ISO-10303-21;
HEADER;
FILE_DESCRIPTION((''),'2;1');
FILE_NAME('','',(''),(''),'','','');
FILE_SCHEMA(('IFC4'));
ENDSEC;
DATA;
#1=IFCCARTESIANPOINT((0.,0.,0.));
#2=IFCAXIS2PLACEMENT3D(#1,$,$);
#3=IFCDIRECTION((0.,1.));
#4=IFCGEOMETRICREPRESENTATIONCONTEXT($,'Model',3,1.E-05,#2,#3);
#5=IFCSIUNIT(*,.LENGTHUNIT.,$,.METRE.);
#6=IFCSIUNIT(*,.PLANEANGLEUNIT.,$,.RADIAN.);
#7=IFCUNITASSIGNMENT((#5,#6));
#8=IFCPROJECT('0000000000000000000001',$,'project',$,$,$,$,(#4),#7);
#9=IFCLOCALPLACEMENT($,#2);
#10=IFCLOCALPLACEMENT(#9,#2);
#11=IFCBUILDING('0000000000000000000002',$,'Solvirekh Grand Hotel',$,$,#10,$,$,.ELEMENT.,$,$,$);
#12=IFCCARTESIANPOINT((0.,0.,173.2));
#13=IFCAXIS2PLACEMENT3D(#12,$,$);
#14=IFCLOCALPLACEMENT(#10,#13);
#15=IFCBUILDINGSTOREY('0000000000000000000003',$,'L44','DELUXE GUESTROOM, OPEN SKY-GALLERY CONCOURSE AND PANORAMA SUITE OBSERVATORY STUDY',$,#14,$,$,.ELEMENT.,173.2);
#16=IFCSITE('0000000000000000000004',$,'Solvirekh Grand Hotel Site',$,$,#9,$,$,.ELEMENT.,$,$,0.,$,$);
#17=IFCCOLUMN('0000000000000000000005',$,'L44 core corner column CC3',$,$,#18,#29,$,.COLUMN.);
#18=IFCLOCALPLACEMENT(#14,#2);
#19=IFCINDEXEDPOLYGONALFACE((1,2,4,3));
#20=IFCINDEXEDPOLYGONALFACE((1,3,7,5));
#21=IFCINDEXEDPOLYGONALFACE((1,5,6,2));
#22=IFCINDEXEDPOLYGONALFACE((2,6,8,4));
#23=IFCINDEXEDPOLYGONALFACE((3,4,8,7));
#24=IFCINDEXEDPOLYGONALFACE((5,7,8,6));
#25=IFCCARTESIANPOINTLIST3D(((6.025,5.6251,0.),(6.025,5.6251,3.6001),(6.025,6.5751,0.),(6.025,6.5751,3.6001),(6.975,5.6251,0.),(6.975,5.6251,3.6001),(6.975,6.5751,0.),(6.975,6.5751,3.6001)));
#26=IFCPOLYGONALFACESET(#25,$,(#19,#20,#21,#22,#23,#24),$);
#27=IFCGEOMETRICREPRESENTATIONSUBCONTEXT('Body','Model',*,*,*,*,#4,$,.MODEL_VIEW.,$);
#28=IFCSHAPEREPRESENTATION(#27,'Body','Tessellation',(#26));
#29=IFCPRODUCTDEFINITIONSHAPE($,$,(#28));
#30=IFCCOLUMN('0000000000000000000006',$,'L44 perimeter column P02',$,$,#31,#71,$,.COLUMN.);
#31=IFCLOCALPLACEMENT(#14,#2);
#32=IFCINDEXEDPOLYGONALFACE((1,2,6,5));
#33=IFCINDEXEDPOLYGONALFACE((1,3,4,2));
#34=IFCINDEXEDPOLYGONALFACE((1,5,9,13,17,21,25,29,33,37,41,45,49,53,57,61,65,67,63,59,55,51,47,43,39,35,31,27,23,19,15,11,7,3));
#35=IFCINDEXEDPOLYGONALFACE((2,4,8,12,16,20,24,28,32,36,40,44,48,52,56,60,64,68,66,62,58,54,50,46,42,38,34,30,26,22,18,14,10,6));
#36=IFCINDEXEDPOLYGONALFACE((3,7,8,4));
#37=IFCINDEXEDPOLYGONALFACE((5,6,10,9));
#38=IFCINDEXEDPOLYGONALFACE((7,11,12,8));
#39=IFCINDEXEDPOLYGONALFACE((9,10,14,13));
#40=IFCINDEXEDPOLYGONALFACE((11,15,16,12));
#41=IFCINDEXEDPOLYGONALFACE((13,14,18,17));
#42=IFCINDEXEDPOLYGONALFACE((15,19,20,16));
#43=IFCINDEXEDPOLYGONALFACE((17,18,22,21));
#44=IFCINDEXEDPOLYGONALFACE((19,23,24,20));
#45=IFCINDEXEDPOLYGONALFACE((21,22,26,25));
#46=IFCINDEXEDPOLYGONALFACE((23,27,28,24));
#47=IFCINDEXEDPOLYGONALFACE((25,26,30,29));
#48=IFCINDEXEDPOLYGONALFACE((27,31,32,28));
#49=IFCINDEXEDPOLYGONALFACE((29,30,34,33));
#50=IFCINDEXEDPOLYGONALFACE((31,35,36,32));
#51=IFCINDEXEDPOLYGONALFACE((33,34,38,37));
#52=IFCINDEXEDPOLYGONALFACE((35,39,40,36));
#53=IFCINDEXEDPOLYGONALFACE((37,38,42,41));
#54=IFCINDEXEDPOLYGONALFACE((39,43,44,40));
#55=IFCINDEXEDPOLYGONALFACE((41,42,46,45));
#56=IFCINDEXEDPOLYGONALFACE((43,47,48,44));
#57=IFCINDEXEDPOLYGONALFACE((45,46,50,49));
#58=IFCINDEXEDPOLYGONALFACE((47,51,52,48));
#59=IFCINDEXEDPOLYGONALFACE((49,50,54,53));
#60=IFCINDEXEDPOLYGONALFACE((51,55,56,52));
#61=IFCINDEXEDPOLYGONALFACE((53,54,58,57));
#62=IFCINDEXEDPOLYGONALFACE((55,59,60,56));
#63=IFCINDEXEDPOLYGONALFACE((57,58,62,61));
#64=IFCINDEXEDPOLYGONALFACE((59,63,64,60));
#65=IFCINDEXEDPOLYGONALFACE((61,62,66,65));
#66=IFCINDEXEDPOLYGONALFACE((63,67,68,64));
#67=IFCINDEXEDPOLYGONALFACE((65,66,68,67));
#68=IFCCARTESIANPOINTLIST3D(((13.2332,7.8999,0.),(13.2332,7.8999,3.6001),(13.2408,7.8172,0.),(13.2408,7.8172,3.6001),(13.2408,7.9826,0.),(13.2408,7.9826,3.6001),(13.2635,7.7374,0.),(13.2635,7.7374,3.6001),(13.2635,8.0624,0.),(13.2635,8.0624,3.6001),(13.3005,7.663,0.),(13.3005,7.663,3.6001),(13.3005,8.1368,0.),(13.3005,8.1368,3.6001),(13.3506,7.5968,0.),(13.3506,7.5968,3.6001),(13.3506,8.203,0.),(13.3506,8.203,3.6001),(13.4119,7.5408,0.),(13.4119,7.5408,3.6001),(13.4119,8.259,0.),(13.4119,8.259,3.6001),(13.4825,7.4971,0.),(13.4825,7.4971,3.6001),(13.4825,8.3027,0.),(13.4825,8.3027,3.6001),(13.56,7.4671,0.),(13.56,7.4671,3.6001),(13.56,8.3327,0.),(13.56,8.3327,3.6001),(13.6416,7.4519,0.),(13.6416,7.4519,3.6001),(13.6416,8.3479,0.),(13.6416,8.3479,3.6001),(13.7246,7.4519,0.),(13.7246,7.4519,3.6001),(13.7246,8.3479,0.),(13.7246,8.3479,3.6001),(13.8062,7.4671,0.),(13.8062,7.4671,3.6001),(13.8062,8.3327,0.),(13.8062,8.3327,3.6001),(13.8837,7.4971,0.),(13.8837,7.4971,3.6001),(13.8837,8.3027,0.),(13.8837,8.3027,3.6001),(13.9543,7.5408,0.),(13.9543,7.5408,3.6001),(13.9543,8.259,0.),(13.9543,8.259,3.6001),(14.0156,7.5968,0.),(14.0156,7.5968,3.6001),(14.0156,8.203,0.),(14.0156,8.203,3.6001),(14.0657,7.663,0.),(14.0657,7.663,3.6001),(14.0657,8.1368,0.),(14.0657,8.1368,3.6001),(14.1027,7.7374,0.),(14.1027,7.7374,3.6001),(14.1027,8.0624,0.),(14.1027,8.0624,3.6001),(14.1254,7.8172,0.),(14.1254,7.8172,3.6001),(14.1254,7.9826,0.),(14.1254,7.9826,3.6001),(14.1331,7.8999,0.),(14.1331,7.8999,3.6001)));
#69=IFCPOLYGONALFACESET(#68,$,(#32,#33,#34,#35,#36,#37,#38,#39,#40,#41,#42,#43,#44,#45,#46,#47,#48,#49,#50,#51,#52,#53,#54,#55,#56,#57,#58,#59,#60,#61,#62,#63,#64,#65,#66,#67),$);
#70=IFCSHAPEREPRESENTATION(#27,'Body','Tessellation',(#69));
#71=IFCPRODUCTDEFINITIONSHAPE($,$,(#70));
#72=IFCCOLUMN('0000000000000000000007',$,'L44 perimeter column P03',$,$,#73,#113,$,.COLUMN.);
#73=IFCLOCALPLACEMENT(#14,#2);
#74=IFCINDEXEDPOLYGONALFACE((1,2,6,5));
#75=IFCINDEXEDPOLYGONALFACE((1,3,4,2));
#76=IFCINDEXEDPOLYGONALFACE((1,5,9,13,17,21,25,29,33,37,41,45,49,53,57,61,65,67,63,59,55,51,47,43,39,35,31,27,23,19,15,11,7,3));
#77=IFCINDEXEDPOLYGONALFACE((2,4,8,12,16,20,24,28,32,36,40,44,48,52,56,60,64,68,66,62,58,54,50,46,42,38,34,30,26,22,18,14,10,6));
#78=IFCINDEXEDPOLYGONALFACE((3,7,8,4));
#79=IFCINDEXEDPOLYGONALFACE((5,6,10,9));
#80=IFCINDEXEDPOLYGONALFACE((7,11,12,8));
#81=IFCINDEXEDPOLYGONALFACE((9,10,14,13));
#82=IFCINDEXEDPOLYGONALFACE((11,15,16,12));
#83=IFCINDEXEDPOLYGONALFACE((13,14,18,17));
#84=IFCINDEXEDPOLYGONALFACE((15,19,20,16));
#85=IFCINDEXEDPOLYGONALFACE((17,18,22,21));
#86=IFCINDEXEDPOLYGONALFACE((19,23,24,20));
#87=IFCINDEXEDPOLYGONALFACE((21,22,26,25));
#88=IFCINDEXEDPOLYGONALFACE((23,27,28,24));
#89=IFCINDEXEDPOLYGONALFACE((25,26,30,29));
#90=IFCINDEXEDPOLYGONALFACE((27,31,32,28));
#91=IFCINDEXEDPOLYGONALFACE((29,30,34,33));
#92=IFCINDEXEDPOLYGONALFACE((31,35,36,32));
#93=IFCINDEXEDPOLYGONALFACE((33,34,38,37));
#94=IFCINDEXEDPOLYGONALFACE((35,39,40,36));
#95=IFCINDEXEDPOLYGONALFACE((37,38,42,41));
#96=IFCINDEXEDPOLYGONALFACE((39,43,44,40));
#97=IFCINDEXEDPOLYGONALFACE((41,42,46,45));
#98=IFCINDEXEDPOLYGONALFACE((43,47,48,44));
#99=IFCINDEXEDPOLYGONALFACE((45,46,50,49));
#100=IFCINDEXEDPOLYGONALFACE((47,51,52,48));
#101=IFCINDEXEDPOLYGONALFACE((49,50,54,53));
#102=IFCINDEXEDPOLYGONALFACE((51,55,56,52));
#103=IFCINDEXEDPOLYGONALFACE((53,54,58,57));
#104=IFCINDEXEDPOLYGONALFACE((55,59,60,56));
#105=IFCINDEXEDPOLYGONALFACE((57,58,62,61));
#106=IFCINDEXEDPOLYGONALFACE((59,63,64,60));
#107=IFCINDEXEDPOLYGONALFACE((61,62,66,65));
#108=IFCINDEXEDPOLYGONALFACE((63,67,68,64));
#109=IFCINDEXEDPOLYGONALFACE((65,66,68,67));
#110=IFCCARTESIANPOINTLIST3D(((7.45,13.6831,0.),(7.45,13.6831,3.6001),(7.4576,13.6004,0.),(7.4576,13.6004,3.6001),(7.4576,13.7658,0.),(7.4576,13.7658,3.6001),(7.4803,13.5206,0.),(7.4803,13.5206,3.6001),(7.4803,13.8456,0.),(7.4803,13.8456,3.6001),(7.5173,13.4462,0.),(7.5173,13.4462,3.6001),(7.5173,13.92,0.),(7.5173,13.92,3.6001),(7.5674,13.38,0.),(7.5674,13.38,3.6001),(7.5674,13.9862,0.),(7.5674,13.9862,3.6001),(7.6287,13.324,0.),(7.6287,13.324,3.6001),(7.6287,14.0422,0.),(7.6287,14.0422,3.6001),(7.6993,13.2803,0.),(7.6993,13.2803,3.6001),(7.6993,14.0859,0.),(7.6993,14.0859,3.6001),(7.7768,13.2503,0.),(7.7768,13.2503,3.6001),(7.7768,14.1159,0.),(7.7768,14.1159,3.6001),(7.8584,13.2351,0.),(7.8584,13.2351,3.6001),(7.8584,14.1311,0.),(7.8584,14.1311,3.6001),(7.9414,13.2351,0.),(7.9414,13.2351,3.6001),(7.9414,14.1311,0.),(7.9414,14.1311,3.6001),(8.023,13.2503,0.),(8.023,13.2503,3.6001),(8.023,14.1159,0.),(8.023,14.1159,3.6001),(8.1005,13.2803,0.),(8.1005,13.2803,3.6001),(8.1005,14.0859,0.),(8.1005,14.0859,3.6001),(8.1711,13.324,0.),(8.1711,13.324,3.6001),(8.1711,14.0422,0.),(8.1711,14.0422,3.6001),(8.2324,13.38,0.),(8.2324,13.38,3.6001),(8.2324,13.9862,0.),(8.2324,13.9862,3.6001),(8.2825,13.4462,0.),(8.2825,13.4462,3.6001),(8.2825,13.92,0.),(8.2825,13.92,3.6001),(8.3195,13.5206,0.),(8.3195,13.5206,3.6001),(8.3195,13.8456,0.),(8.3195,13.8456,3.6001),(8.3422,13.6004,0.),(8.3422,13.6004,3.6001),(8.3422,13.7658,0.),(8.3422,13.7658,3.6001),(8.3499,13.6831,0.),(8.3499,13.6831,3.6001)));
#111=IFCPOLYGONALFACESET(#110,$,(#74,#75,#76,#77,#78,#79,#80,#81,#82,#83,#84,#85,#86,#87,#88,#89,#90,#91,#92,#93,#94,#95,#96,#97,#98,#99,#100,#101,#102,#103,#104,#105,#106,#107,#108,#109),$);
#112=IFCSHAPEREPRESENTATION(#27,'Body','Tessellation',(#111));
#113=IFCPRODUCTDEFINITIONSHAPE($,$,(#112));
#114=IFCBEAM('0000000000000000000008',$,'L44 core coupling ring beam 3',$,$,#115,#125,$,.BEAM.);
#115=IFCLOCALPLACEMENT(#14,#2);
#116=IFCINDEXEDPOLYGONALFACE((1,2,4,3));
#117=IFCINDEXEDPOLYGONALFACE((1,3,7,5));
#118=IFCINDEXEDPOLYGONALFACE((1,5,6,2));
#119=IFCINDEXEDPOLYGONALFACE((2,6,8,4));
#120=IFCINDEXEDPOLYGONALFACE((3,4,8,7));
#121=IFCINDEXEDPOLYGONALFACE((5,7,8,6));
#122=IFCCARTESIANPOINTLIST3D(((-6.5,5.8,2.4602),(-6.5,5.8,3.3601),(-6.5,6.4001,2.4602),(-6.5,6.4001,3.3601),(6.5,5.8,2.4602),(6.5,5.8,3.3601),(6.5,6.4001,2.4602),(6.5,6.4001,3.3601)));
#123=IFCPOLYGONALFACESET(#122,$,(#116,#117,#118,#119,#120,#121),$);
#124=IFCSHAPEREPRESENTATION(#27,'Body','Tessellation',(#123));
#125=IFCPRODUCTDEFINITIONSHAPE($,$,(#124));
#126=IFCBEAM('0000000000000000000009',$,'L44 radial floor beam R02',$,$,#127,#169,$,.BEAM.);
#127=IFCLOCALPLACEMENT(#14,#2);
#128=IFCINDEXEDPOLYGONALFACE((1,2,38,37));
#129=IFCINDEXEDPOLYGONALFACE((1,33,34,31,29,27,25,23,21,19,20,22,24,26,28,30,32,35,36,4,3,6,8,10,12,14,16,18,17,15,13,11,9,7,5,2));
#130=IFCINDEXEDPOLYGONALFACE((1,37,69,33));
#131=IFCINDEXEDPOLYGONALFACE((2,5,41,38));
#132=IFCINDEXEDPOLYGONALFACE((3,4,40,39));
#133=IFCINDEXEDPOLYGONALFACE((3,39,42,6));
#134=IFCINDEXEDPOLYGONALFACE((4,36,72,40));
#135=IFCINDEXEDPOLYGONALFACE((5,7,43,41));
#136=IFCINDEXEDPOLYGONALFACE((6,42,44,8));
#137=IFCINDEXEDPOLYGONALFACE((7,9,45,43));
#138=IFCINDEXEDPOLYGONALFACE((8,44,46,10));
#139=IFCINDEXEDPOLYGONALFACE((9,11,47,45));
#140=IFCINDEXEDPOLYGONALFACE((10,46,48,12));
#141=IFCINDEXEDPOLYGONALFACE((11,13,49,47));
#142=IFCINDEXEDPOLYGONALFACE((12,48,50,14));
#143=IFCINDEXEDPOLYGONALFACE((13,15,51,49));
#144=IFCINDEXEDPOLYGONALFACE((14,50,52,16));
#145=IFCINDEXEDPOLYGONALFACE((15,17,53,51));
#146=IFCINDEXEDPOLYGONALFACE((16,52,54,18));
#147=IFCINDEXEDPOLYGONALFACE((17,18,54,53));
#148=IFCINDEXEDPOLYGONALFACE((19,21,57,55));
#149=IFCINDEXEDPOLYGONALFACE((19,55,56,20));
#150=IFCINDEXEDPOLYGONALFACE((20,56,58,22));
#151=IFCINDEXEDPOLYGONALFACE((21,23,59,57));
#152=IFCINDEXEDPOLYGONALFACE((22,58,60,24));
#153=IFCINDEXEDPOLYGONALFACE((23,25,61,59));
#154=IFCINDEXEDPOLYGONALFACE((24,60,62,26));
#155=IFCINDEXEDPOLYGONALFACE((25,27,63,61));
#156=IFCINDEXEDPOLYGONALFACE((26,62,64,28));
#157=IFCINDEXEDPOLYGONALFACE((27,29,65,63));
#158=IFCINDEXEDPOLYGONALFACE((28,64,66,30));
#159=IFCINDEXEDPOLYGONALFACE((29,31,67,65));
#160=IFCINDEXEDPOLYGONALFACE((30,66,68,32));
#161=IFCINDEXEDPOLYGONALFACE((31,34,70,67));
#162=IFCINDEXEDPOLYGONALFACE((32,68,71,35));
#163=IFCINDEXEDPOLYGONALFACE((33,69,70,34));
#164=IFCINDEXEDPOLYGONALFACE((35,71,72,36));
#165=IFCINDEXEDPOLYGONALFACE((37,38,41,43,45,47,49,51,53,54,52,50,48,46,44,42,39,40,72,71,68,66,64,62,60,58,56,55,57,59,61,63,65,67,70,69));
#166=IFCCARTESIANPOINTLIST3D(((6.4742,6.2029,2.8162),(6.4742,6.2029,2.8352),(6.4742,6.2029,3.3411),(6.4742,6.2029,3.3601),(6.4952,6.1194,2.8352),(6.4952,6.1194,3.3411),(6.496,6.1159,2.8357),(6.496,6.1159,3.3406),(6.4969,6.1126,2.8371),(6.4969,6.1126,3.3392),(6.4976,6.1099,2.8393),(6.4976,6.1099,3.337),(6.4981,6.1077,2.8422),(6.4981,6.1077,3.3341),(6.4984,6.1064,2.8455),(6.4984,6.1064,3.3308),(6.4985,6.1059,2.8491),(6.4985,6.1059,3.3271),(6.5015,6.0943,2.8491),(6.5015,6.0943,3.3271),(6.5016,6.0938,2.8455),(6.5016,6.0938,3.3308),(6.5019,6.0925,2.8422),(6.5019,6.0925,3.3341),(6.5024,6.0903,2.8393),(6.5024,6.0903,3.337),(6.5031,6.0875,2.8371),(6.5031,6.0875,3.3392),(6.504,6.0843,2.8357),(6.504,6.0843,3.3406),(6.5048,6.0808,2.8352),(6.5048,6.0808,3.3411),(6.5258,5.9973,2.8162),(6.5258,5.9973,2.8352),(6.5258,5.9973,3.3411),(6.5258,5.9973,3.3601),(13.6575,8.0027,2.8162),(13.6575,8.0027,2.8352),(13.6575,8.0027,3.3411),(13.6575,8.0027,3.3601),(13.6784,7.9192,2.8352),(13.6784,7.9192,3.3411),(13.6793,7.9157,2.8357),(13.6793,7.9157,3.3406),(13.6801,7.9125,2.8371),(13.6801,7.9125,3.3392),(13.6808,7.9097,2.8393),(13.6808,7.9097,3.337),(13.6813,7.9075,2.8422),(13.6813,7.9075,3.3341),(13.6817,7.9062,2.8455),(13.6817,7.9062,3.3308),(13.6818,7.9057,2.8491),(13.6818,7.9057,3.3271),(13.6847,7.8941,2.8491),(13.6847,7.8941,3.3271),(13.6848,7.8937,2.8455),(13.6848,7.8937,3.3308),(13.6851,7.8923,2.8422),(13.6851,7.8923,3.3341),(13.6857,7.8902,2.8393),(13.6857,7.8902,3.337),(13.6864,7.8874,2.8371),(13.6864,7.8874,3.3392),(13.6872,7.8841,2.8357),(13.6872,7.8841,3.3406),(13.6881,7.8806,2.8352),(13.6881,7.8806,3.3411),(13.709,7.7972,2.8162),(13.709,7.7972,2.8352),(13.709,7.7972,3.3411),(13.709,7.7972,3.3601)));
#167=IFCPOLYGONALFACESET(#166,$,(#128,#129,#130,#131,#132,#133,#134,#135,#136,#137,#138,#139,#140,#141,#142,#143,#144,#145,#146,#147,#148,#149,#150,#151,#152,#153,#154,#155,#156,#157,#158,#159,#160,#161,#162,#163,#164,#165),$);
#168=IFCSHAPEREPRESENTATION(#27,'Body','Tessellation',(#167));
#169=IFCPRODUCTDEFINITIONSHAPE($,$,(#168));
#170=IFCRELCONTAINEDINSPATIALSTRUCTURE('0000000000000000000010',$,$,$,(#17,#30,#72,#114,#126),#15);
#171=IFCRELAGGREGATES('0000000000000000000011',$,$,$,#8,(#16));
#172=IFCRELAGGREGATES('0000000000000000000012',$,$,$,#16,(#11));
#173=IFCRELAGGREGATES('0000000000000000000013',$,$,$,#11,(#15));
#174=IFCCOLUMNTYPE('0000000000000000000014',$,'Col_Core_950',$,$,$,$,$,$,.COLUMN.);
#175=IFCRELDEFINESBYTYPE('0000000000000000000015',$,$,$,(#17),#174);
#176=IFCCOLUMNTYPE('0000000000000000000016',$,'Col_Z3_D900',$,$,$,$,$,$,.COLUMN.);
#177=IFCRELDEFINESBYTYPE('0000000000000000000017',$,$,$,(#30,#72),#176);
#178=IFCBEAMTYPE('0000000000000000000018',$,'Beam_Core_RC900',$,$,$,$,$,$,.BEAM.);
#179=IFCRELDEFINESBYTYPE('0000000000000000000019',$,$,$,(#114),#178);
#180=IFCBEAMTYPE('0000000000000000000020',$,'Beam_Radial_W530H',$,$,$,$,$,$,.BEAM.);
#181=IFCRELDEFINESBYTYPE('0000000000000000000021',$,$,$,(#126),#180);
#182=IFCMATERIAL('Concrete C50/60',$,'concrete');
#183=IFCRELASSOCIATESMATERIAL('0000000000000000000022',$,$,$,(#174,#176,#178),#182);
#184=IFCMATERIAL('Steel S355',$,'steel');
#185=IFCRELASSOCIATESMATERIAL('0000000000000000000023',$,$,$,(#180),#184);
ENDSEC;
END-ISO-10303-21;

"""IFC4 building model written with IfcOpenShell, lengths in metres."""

from ifc_helpers import new_model, si_unit, direction, frame, origin, origin_2d, place, context, subcontext, project, spatial, rectangle, circle, i_section, extrude, material, material_profile, profile_set, type_object, element, save


model = new_model("IFC4")

# Units and contexts
model_context = context("Model", 3, precision=1e-05, world=origin(), true_north=direction((0.0, 1.0)))
body_context = subcontext(model_context, "Body", "Model", "MODEL_VIEW")
ifc_project = project(units=[si_unit("LENGTHUNIT", "METRE"), si_unit("PLANEANGLEUNIT", "RADIAN")], contexts=[model_context])

# Site, building, storey
site_placement = place(None, origin())
site = spatial("IfcSite", under=ifc_project, at=site_placement, Name="Solvirekh Grand Hotel Site", CompositionType="ELEMENT", RefElevation=0.0)
building_placement = place(site_placement, origin())
building = spatial("IfcBuilding", under=site, at=building_placement, Name="Solvirekh Grand Hotel", CompositionType="ELEMENT")
storey_placement = place(building_placement, frame((0.0, 0.0, 173.2)))
storey = spatial("IfcBuildingStorey", under=building, at=storey_placement, Name="L44", Description="DELUXE GUESTROOM, OPEN SKY-GALLERY CONCOURSE AND PANORAMA SUITE OBSERVATORY STUDY", CompositionType="ELEMENT", Elevation=173.2)

# Columns
ifc_material_1 = material(Name="Concrete C50/60", Category="concrete")
ifc_material_profile_1 = material_profile(ifc_material_1, rectangle(XDim=0.95, YDim=0.95, at=origin_2d()), Name="RC 950X950")
ifc_profile_set_1 = profile_set([ifc_material_profile_1], Name="Concrete C50/60")
column_type_1 = type_object("IfcColumnType", Name="Col_Core_950", PredefinedType="COLUMN", material=ifc_profile_set_1)
column_placement = place(storey_placement, frame((6.5, 6.1001, 0.0), z_axis=(0.0, 0.0, 1.0), x_axis=(1.0, 0.0, 0.0)))
element("IfcColumn", 1, at=column_placement, inside=storey, type_object=column_type_1, Name="L44 core corner column CC3", PredefinedType="COLUMN", context=body_context, shape_type="SweptSolid", body=[
    extrude(rectangle(XDim=0.95, YDim=0.95, at=origin_2d()), origin(), (0.0, 0.0, 1.0), 3.6001),
])
ifc_material_profile_2 = material_profile(ifc_material_1, circle(Radius=0.45, at=origin_2d()), Name="RC CIRC D900")
ifc_profile_set_2 = profile_set([ifc_material_profile_2], Name="Concrete C50/60")
column_type_2 = type_object("IfcColumnType", Name="Col_Z3_D900", PredefinedType="COLUMN", material=ifc_profile_set_2)
for number, where, z_axis, x_axis, name in (
    (2, (13.6831, 7.8999, 0.0), (0.0, 0.0, 1.0), (1.0, 0.0, 0.0), "L44 perimeter column P02"),
    (3, (7.8999, 13.6831, 0.0), (0.0, 0.0, 1.0), (1.0, 0.0, 0.0), "L44 perimeter column P03"),
):
    element("IfcColumn", number, at=place(storey_placement, frame(where, z_axis=z_axis, x_axis=x_axis)), inside=storey, type_object=column_type_2, Name=name, PredefinedType="COLUMN", context=body_context, shape_type="SweptSolid", body=[
        extrude(circle(Radius=0.45, at=origin_2d()), origin(), (0.0, 0.0, 1.0), 3.6001),
    ])

# Beams
ifc_material_profile_3 = material_profile(ifc_material_1, rectangle(XDim=0.6001, YDim=0.8999, at=origin_2d()), Name="RC BEAM 600X900")
ifc_profile_set_3 = profile_set([ifc_material_profile_3], Name="Concrete C50/60")
beam_type_1 = type_object("IfcBeamType", Name="Beam_Core_RC900", PredefinedType="BEAM", material=ifc_profile_set_3)
beam_1_placement = place(storey_placement, frame((6.5, 6.1001, 2.9102), z_axis=(-1.0, 0.0, 0.0), x_axis=(0.0, -1.0, 0.0)))
element("IfcBeam", 4, at=beam_1_placement, inside=storey, type_object=beam_type_1, Name="L44 core coupling ring beam 3", PredefinedType="BEAM", context=body_context, shape_type="SweptSolid", body=[
    extrude(rectangle(XDim=0.6001, YDim=0.8999, at=origin_2d()), origin(), (0.0, 0.0, 1.0), 13.0),
])
ifc_material_2 = material(Name="Steel S355", Category="steel")
ifc_material_profile_4 = material_profile(ifc_material_2, i_section(OverallWidth=0.2119, OverallDepth=0.5439, WebThickness=0.012, FlangeThickness=0.019, FilletRadius=0.0139, at=origin_2d()), Name="W530X123")
ifc_profile_set_4 = profile_set([ifc_material_profile_4], Name="Steel S355")
beam_type_2 = type_object("IfcBeamType", Name="Beam_Radial_W530H", PredefinedType="BEAM", material=ifc_profile_set_4)
beam_2_placement = place(storey_placement, frame((6.5, 6.1001, 3.0881), z_axis=(0.970014, 0.243048, 0.0), x_axis=(-0.243048, 0.970014, 0.0)))
element("IfcBeam", 5, at=beam_2_placement, inside=storey, type_object=beam_type_2, Name="L44 radial floor beam R02", PredefinedType="BEAM", context=body_context, shape_type="SweptSolid", body=[
    extrude(i_section(OverallWidth=0.2119, OverallDepth=0.5439, WebThickness=0.012, FlangeThickness=0.019, FilletRadius=0.0139, at=origin_2d()), origin(), (0.0, 0.0, 1.0), 7.4053),
])

save(model, "model.ifc")
